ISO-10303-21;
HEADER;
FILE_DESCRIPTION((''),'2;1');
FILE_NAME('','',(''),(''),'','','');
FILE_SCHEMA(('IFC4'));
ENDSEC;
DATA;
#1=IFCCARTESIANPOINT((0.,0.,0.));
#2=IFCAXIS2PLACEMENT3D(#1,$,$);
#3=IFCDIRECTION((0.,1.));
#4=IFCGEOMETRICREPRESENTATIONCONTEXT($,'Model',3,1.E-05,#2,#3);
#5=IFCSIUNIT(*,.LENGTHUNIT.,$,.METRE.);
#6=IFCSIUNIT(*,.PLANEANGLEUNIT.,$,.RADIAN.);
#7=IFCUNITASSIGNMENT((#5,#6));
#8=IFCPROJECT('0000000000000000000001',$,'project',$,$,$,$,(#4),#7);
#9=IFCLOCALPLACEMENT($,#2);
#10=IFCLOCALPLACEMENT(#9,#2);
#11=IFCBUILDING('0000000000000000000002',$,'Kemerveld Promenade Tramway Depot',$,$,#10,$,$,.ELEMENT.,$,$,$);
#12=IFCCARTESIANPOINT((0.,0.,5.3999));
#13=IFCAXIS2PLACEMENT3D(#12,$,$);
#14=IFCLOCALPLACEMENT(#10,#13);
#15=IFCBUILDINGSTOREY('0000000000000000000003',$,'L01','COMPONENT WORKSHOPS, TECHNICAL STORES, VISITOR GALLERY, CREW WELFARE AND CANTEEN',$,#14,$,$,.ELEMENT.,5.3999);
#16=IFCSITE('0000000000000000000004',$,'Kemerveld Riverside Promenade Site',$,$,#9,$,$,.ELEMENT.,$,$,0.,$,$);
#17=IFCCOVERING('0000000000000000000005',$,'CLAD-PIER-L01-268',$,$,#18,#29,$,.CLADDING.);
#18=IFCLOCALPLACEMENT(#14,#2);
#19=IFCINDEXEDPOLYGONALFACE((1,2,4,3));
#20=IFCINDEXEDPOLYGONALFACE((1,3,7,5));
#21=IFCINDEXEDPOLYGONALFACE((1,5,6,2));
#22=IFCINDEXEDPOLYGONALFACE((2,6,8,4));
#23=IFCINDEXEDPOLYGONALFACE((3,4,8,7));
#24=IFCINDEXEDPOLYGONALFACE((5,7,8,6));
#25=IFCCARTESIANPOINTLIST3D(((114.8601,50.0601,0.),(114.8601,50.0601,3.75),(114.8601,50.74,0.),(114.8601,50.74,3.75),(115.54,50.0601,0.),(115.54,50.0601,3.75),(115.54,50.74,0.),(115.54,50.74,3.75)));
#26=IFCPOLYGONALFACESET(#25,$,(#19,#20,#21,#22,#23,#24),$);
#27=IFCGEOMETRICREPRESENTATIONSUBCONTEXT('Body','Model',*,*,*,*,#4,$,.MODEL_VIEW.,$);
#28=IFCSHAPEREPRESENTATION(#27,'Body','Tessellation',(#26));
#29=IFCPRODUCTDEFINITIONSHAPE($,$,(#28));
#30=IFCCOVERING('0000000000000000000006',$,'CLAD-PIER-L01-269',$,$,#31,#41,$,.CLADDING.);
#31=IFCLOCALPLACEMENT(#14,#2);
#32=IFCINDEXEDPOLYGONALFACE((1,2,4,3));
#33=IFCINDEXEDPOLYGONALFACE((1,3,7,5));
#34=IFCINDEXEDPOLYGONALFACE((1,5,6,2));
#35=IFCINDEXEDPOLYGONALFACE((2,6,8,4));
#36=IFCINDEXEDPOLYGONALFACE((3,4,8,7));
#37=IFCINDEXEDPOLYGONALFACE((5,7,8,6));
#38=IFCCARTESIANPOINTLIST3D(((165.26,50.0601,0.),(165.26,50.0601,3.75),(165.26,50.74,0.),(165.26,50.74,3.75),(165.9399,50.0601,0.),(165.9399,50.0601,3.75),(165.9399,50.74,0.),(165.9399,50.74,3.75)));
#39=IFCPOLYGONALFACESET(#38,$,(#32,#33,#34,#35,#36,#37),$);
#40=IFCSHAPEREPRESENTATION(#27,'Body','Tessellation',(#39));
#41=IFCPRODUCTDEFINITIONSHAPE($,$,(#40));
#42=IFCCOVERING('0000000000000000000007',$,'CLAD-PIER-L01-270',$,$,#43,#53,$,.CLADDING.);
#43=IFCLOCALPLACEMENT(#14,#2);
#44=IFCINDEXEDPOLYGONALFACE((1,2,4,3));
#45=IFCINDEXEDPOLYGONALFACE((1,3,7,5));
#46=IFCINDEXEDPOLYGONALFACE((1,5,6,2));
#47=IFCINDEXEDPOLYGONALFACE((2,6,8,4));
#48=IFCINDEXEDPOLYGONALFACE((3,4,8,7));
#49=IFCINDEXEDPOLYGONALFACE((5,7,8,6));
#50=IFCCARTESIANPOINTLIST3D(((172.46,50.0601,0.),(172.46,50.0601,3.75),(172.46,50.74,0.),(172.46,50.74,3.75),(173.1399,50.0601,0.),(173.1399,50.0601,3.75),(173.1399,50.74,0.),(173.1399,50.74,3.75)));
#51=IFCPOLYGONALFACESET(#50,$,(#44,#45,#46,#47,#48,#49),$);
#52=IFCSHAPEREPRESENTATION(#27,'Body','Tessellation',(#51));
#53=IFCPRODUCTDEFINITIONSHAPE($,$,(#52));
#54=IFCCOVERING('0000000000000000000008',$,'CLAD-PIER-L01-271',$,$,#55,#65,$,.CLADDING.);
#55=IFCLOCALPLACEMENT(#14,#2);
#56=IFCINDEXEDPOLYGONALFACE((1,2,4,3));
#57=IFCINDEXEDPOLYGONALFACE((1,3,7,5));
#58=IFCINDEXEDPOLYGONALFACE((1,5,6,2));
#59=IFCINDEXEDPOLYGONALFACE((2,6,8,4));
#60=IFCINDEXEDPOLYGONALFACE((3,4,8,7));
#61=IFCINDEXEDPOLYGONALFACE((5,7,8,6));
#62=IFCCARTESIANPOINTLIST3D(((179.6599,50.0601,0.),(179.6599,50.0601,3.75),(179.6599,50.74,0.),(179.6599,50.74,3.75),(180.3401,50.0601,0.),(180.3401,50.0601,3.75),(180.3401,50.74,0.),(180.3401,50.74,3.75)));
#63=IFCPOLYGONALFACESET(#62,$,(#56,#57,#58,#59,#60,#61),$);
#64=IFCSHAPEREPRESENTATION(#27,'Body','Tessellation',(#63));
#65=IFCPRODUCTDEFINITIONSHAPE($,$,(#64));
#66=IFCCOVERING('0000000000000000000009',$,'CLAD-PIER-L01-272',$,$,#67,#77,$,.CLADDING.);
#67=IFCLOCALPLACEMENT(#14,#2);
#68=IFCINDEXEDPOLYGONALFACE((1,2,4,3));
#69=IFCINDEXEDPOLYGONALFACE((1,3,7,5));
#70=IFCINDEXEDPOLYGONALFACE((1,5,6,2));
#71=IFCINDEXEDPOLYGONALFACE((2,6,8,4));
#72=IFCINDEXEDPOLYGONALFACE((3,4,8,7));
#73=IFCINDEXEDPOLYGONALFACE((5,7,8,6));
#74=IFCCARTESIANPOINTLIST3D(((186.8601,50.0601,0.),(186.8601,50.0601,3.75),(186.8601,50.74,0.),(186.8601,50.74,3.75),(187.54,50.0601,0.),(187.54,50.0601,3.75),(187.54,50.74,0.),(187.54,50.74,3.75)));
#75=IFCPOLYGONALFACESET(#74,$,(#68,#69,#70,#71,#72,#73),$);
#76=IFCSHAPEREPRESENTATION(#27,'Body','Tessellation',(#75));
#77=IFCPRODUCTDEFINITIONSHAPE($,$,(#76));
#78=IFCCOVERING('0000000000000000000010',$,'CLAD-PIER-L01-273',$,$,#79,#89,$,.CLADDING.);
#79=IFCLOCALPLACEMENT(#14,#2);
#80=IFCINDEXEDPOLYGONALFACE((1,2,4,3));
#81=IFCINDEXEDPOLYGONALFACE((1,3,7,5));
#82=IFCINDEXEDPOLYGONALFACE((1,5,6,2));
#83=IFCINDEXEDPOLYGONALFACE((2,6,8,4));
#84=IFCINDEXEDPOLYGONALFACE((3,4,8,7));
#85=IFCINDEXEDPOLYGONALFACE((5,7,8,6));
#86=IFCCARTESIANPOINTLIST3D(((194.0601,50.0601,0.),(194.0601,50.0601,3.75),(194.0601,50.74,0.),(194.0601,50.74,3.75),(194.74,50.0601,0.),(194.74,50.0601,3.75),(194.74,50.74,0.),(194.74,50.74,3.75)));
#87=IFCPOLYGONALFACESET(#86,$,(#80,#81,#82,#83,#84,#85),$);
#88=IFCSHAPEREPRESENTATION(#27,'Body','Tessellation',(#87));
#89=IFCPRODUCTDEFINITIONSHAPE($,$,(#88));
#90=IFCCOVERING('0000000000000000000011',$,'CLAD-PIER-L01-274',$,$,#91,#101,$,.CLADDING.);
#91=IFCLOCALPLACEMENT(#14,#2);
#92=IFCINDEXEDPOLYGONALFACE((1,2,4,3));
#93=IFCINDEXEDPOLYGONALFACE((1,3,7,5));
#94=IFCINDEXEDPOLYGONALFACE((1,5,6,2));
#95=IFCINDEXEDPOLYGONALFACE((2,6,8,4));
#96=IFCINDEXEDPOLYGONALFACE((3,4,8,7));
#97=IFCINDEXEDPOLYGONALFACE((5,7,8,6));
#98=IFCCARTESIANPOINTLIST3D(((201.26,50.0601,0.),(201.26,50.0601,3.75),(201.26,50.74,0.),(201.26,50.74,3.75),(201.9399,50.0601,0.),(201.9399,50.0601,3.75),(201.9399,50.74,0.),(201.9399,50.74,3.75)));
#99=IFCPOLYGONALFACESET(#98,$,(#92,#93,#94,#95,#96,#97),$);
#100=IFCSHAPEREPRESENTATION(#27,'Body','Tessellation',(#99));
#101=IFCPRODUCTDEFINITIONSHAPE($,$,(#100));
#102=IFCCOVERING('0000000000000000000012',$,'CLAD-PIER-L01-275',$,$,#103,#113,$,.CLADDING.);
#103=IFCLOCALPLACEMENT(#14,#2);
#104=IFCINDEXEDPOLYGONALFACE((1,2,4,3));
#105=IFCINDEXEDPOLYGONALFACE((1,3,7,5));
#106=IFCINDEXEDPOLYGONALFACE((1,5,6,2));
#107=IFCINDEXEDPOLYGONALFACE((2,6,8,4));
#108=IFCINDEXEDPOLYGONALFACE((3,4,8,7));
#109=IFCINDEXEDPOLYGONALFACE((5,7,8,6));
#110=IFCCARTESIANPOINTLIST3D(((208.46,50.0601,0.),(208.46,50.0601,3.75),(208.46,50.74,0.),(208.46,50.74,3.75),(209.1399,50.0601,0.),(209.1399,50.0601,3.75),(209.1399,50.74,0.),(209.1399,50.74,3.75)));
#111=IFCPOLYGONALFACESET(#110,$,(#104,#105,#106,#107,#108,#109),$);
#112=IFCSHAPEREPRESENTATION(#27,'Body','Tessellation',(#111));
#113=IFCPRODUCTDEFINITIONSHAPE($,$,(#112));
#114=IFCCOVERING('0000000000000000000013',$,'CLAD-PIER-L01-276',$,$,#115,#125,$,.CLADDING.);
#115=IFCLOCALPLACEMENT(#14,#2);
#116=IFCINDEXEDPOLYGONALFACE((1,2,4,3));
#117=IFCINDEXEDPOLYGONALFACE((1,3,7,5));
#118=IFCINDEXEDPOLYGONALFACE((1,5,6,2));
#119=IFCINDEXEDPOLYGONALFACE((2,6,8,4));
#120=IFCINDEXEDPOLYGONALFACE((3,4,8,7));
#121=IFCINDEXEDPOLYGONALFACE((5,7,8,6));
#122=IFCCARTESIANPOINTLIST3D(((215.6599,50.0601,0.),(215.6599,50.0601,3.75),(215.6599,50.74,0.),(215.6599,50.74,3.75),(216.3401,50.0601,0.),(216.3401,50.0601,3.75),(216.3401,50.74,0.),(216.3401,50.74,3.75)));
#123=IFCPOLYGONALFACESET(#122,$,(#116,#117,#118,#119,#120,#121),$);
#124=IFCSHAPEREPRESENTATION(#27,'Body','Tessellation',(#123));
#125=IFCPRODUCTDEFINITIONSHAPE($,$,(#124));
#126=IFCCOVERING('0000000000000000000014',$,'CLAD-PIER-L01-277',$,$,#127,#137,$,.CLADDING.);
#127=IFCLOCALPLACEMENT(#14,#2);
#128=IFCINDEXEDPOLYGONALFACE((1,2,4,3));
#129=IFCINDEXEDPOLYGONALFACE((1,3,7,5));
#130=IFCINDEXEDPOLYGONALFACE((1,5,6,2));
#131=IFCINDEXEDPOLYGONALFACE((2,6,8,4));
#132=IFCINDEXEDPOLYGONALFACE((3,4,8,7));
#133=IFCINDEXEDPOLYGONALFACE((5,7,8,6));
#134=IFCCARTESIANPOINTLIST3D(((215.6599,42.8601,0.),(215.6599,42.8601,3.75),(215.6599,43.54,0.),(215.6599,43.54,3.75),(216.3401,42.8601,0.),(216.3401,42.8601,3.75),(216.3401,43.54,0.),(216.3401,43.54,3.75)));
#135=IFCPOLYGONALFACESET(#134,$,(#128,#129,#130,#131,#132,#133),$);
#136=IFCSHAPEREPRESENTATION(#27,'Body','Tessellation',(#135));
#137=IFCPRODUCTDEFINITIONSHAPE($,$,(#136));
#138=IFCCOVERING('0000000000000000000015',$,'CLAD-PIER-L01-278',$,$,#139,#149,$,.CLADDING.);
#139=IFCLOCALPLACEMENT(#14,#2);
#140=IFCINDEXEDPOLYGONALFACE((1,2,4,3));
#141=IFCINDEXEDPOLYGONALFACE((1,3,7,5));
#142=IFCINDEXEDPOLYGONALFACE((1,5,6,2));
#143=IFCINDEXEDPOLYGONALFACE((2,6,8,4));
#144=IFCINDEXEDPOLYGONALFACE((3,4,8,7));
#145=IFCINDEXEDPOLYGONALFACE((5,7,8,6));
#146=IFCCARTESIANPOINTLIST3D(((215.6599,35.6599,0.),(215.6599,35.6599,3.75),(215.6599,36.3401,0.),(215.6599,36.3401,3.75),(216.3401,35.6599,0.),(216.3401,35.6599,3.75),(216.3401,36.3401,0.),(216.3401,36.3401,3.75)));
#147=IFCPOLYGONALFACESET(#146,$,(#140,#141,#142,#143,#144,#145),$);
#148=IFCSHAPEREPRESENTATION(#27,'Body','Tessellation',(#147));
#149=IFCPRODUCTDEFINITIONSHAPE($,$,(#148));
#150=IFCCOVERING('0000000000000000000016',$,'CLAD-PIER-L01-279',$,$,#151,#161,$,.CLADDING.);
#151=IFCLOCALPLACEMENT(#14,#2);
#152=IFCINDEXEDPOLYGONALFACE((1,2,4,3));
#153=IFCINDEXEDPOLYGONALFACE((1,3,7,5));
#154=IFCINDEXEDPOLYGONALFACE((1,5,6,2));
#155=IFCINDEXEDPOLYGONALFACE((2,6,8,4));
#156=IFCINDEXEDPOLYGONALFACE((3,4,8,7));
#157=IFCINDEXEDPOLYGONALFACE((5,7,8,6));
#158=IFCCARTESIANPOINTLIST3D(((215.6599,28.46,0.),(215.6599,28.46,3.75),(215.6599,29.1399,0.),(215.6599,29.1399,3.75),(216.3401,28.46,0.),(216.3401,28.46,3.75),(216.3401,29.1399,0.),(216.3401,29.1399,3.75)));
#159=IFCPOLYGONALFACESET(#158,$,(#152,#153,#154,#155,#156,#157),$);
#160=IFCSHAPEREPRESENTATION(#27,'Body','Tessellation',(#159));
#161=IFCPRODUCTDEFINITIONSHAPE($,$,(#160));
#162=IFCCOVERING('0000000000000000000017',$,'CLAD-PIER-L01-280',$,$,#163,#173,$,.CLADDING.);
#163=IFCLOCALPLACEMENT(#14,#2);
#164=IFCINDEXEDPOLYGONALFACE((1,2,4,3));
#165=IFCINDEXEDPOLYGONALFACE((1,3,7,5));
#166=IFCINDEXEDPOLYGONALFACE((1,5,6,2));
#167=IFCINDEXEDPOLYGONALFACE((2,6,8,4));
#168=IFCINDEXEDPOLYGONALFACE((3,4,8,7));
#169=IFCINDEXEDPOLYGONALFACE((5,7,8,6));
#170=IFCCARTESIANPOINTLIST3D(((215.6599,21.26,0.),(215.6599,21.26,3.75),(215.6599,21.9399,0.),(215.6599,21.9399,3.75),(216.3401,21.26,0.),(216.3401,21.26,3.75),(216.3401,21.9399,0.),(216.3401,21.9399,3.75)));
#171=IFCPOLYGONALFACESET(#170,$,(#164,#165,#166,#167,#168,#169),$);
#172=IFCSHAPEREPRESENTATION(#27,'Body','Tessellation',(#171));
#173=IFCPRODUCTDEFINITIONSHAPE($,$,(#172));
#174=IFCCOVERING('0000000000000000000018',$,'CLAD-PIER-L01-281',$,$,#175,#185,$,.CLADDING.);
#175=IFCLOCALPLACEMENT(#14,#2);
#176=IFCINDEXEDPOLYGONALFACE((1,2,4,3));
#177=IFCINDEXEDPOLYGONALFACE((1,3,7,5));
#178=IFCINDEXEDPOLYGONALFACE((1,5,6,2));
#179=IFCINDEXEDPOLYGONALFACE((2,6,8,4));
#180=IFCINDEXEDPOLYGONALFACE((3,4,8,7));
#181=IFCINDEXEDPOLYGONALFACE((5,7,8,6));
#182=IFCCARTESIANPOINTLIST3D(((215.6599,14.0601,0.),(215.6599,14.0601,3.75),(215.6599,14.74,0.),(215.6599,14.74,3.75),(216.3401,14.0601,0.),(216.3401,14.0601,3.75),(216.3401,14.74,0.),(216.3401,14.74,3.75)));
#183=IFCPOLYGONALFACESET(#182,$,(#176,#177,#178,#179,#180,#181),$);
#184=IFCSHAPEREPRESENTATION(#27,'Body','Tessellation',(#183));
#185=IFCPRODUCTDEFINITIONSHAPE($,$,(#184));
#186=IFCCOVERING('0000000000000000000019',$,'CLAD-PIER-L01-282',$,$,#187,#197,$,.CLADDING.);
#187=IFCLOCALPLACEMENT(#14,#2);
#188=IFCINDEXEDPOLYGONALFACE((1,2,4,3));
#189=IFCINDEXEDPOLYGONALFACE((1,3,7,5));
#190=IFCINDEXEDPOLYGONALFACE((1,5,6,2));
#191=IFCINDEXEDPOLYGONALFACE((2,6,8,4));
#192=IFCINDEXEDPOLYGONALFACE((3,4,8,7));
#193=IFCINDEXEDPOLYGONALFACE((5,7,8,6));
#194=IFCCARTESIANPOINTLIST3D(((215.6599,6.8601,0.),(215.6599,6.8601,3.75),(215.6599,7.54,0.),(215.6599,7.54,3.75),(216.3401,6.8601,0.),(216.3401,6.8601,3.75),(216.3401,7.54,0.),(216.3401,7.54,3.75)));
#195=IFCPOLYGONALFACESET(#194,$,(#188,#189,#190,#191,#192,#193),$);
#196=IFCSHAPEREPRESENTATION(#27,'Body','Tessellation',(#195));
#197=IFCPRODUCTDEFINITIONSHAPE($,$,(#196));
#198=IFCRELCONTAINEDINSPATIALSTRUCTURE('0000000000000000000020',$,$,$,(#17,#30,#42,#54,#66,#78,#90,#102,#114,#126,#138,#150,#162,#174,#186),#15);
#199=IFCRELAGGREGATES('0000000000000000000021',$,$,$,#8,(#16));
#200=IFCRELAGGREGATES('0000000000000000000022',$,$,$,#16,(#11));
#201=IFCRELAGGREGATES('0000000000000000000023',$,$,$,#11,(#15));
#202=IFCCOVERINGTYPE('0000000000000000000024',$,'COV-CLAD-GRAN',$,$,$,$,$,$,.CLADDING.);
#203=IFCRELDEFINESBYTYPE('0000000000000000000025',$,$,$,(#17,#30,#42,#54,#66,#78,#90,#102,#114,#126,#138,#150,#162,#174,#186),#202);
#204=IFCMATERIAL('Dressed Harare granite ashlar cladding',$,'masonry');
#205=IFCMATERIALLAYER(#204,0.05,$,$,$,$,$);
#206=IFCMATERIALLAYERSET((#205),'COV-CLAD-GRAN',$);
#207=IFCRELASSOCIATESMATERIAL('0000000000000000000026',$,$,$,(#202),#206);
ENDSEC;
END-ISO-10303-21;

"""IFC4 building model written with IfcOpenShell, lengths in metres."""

from ifc_helpers import new_model, si_unit, direction, frame, origin, place, context, subcontext, project, spatial, polyline, outline, extrude, material, layer, layer_set, type_object, element, save


model = new_model("IFC4")

# Units and contexts
model_context = context("Model", 3, precision=1e-05, world=origin(), true_north=direction((0.0, 1.0)))
body_context = subcontext(model_context, "Body", "Model", "MODEL_VIEW")
ifc_project = project(units=[si_unit("LENGTHUNIT", "METRE"), si_unit("PLANEANGLEUNIT", "RADIAN")], contexts=[model_context])

# Site, building, storey
site_placement = place(None, origin())
site = spatial("IfcSite", under=ifc_project, at=site_placement, Name="Kemerveld Riverside Promenade Site", CompositionType="ELEMENT", RefElevation=0.0)
building_placement = place(site_placement, origin())
building = spatial("IfcBuilding", under=site, at=building_placement, Name="Kemerveld Promenade Tramway Depot", CompositionType="ELEMENT")
storey_placement = place(building_placement, frame((0.0, 0.0, 5.3999)))
storey = spatial("IfcBuildingStorey", under=building, at=storey_placement, Name="L01", Description="COMPONENT WORKSHOPS, TECHNICAL STORES, VISITOR GALLERY, CREW WELFARE AND CANTEEN", CompositionType="ELEMENT", Elevation=5.3999)

# Coverings
ifc_material_1 = material(Name="Dressed Harare granite ashlar cladding", Category="masonry")
ifc_layer = layer(ifc_material_1, 0.05)
ifc_layer_set = layer_set([ifc_layer], Name="COV-CLAD-GRAN")
covering_type = type_object("IfcCoveringType", Name="COV-CLAD-GRAN", PredefinedType="CLADDING", material=ifc_layer_set)
covering_1_placement = place(storey_placement, origin())
element("IfcCovering", 1, at=covering_1_placement, inside=storey, type_object=covering_type, Name="CLAD-PIER-L01-268", PredefinedType="CLADDING", context=body_context, shape_type="SweptSolid", body=[
    extrude(outline(polyline([(114.8601, 50.0601), (115.54, 50.0601), (115.54, 50.74), (114.8601, 50.74), (114.8601, 50.0601)])), origin(), (0.0, 0.0, 1.0), 3.75),
])
covering_2_placement = place(storey_placement, origin())
element("IfcCovering", 2, at=covering_2_placement, inside=storey, type_object=covering_type, Name="CLAD-PIER-L01-269", PredefinedType="CLADDING", context=body_context, shape_type="SweptSolid", body=[
    extrude(outline(polyline([(165.26, 50.0601), (165.9399, 50.0601), (165.9399, 50.74), (165.26, 50.74), (165.26, 50.0601)])), origin(), (0.0, 0.0, 1.0), 3.75),
])
covering_3_placement = place(storey_placement, origin())
element("IfcCovering", 3, at=covering_3_placement, inside=storey, type_object=covering_type, Name="CLAD-PIER-L01-270", PredefinedType="CLADDING", context=body_context, shape_type="SweptSolid", body=[
    extrude(outline(polyline([(172.46, 50.0601), (173.1399, 50.0601), (173.1399, 50.74), (172.46, 50.74), (172.46, 50.0601)])), origin(), (0.0, 0.0, 1.0), 3.75),
])
covering_4_placement = place(storey_placement, origin())
element("IfcCovering", 4, at=covering_4_placement, inside=storey, type_object=covering_type, Name="CLAD-PIER-L01-271", PredefinedType="CLADDING", context=body_context, shape_type="SweptSolid", body=[
    extrude(outline(polyline([(179.6599, 50.0601), (180.3401, 50.0601), (180.3401, 50.74), (179.6599, 50.74), (179.6599, 50.0601)])), origin(), (0.0, 0.0, 1.0), 3.75),
])
covering_5_placement = place(storey_placement, origin())
element("IfcCovering", 5, at=covering_5_placement, inside=storey, type_object=covering_type, Name="CLAD-PIER-L01-272", PredefinedType="CLADDING", context=body_context, shape_type="SweptSolid", body=[
    extrude(outline(polyline([(186.8601, 50.0601), (187.54, 50.0601), (187.54, 50.74), (186.8601, 50.74), (186.8601, 50.0601)])), origin(), (0.0, 0.0, 1.0), 3.75),
])
covering_6_placement = place(storey_placement, origin())
element("IfcCovering", 6, at=covering_6_placement, inside=storey, type_object=covering_type, Name="CLAD-PIER-L01-273", PredefinedType="CLADDING", context=body_context, shape_type="SweptSolid", body=[
    extrude(outline(polyline([(194.0601, 50.0601), (194.74, 50.0601), (194.74, 50.74), (194.0601, 50.74), (194.0601, 50.0601)])), origin(), (0.0, 0.0, 1.0), 3.75),
])
covering_7_placement = place(storey_placement, origin())
element("IfcCovering", 7, at=covering_7_placement, inside=storey, type_object=covering_type, Name="CLAD-PIER-L01-274", PredefinedType="CLADDING", context=body_context, shape_type="SweptSolid", body=[
    extrude(outline(polyline([(201.26, 50.0601), (201.9399, 50.0601), (201.9399, 50.74), (201.26, 50.74), (201.26, 50.0601)])), origin(), (0.0, 0.0, 1.0), 3.75),
])
covering_8_placement = place(storey_placement, origin())
element("IfcCovering", 8, at=covering_8_placement, inside=storey, type_object=covering_type, Name="CLAD-PIER-L01-275", PredefinedType="CLADDING", context=body_context, shape_type="SweptSolid", body=[
    extrude(outline(polyline([(208.46, 50.0601), (209.1399, 50.0601), (209.1399, 50.74), (208.46, 50.74), (208.46, 50.0601)])), origin(), (0.0, 0.0, 1.0), 3.75),
])
covering_9_placement = place(storey_placement, origin())
element("IfcCovering", 9, at=covering_9_placement, inside=storey, type_object=covering_type, Name="CLAD-PIER-L01-276", PredefinedType="CLADDING", context=body_context, shape_type="SweptSolid", body=[
    extrude(outline(polyline([(215.6599, 50.0601), (216.3401, 50.0601), (216.3401, 50.74), (215.6599, 50.74), (215.6599, 50.0601)])), origin(), (0.0, 0.0, 1.0), 3.75),
])
covering_10_placement = place(storey_placement, origin())
element("IfcCovering", 10, at=covering_10_placement, inside=storey, type_object=covering_type, Name="CLAD-PIER-L01-277", PredefinedType="CLADDING", context=body_context, shape_type="SweptSolid", body=[
    extrude(outline(polyline([(215.6599, 42.8601), (216.3401, 42.8601), (216.3401, 43.54), (215.6599, 43.54), (215.6599, 42.8601)])), origin(), (0.0, 0.0, 1.0), 3.75),
])
covering_11_placement = place(storey_placement, origin())
element("IfcCovering", 11, at=covering_11_placement, inside=storey, type_object=covering_type, Name="CLAD-PIER-L01-278", PredefinedType="CLADDING", context=body_context, shape_type="SweptSolid", body=[
    extrude(outline(polyline([(215.6599, 35.6599), (216.3401, 35.6599), (216.3401, 36.3401), (215.6599, 36.3401), (215.6599, 35.6599)])), origin(), (0.0, 0.0, 1.0), 3.75),
])
covering_12_placement = place(storey_placement, origin())
element("IfcCovering", 12, at=covering_12_placement, inside=storey, type_object=covering_type, Name="CLAD-PIER-L01-279", PredefinedType="CLADDING", context=body_context, shape_type="SweptSolid", body=[
    extrude(outline(polyline([(215.6599, 28.46), (216.3401, 28.46), (216.3401, 29.1399), (215.6599, 29.1399), (215.6599, 28.46)])), origin(), (0.0, 0.0, 1.0), 3.75),
])
covering_13_placement = place(storey_placement, origin())
element("IfcCovering", 13, at=covering_13_placement, inside=storey, type_object=covering_type, Name="CLAD-PIER-L01-280", PredefinedType="CLADDING", context=body_context, shape_type="SweptSolid", body=[
    extrude(outline(polyline([(215.6599, 21.26), (216.3401, 21.26), (216.3401, 21.9399), (215.6599, 21.9399), (215.6599, 21.26)])), origin(), (0.0, 0.0, 1.0), 3.75),
])
covering_14_placement = place(storey_placement, origin())
element("IfcCovering", 14, at=covering_14_placement, inside=storey, type_object=covering_type, Name="CLAD-PIER-L01-281", PredefinedType="CLADDING", context=body_context, shape_type="SweptSolid", body=[
    extrude(outline(polyline([(215.6599, 14.0601), (216.3401, 14.0601), (216.3401, 14.74), (215.6599, 14.74), (215.6599, 14.0601)])), origin(), (0.0, 0.0, 1.0), 3.75),
])
covering_15_placement = place(storey_placement, origin())
element("IfcCovering", 15, at=covering_15_placement, inside=storey, type_object=covering_type, Name="CLAD-PIER-L01-282", PredefinedType="CLADDING", context=body_context, shape_type="SweptSolid", body=[
    extrude(outline(polyline([(215.6599, 6.8601), (216.3401, 6.8601), (216.3401, 7.54), (215.6599, 7.54), (215.6599, 6.8601)])), origin(), (0.0, 0.0, 1.0), 3.75),
])

save(model, "model.ifc")
